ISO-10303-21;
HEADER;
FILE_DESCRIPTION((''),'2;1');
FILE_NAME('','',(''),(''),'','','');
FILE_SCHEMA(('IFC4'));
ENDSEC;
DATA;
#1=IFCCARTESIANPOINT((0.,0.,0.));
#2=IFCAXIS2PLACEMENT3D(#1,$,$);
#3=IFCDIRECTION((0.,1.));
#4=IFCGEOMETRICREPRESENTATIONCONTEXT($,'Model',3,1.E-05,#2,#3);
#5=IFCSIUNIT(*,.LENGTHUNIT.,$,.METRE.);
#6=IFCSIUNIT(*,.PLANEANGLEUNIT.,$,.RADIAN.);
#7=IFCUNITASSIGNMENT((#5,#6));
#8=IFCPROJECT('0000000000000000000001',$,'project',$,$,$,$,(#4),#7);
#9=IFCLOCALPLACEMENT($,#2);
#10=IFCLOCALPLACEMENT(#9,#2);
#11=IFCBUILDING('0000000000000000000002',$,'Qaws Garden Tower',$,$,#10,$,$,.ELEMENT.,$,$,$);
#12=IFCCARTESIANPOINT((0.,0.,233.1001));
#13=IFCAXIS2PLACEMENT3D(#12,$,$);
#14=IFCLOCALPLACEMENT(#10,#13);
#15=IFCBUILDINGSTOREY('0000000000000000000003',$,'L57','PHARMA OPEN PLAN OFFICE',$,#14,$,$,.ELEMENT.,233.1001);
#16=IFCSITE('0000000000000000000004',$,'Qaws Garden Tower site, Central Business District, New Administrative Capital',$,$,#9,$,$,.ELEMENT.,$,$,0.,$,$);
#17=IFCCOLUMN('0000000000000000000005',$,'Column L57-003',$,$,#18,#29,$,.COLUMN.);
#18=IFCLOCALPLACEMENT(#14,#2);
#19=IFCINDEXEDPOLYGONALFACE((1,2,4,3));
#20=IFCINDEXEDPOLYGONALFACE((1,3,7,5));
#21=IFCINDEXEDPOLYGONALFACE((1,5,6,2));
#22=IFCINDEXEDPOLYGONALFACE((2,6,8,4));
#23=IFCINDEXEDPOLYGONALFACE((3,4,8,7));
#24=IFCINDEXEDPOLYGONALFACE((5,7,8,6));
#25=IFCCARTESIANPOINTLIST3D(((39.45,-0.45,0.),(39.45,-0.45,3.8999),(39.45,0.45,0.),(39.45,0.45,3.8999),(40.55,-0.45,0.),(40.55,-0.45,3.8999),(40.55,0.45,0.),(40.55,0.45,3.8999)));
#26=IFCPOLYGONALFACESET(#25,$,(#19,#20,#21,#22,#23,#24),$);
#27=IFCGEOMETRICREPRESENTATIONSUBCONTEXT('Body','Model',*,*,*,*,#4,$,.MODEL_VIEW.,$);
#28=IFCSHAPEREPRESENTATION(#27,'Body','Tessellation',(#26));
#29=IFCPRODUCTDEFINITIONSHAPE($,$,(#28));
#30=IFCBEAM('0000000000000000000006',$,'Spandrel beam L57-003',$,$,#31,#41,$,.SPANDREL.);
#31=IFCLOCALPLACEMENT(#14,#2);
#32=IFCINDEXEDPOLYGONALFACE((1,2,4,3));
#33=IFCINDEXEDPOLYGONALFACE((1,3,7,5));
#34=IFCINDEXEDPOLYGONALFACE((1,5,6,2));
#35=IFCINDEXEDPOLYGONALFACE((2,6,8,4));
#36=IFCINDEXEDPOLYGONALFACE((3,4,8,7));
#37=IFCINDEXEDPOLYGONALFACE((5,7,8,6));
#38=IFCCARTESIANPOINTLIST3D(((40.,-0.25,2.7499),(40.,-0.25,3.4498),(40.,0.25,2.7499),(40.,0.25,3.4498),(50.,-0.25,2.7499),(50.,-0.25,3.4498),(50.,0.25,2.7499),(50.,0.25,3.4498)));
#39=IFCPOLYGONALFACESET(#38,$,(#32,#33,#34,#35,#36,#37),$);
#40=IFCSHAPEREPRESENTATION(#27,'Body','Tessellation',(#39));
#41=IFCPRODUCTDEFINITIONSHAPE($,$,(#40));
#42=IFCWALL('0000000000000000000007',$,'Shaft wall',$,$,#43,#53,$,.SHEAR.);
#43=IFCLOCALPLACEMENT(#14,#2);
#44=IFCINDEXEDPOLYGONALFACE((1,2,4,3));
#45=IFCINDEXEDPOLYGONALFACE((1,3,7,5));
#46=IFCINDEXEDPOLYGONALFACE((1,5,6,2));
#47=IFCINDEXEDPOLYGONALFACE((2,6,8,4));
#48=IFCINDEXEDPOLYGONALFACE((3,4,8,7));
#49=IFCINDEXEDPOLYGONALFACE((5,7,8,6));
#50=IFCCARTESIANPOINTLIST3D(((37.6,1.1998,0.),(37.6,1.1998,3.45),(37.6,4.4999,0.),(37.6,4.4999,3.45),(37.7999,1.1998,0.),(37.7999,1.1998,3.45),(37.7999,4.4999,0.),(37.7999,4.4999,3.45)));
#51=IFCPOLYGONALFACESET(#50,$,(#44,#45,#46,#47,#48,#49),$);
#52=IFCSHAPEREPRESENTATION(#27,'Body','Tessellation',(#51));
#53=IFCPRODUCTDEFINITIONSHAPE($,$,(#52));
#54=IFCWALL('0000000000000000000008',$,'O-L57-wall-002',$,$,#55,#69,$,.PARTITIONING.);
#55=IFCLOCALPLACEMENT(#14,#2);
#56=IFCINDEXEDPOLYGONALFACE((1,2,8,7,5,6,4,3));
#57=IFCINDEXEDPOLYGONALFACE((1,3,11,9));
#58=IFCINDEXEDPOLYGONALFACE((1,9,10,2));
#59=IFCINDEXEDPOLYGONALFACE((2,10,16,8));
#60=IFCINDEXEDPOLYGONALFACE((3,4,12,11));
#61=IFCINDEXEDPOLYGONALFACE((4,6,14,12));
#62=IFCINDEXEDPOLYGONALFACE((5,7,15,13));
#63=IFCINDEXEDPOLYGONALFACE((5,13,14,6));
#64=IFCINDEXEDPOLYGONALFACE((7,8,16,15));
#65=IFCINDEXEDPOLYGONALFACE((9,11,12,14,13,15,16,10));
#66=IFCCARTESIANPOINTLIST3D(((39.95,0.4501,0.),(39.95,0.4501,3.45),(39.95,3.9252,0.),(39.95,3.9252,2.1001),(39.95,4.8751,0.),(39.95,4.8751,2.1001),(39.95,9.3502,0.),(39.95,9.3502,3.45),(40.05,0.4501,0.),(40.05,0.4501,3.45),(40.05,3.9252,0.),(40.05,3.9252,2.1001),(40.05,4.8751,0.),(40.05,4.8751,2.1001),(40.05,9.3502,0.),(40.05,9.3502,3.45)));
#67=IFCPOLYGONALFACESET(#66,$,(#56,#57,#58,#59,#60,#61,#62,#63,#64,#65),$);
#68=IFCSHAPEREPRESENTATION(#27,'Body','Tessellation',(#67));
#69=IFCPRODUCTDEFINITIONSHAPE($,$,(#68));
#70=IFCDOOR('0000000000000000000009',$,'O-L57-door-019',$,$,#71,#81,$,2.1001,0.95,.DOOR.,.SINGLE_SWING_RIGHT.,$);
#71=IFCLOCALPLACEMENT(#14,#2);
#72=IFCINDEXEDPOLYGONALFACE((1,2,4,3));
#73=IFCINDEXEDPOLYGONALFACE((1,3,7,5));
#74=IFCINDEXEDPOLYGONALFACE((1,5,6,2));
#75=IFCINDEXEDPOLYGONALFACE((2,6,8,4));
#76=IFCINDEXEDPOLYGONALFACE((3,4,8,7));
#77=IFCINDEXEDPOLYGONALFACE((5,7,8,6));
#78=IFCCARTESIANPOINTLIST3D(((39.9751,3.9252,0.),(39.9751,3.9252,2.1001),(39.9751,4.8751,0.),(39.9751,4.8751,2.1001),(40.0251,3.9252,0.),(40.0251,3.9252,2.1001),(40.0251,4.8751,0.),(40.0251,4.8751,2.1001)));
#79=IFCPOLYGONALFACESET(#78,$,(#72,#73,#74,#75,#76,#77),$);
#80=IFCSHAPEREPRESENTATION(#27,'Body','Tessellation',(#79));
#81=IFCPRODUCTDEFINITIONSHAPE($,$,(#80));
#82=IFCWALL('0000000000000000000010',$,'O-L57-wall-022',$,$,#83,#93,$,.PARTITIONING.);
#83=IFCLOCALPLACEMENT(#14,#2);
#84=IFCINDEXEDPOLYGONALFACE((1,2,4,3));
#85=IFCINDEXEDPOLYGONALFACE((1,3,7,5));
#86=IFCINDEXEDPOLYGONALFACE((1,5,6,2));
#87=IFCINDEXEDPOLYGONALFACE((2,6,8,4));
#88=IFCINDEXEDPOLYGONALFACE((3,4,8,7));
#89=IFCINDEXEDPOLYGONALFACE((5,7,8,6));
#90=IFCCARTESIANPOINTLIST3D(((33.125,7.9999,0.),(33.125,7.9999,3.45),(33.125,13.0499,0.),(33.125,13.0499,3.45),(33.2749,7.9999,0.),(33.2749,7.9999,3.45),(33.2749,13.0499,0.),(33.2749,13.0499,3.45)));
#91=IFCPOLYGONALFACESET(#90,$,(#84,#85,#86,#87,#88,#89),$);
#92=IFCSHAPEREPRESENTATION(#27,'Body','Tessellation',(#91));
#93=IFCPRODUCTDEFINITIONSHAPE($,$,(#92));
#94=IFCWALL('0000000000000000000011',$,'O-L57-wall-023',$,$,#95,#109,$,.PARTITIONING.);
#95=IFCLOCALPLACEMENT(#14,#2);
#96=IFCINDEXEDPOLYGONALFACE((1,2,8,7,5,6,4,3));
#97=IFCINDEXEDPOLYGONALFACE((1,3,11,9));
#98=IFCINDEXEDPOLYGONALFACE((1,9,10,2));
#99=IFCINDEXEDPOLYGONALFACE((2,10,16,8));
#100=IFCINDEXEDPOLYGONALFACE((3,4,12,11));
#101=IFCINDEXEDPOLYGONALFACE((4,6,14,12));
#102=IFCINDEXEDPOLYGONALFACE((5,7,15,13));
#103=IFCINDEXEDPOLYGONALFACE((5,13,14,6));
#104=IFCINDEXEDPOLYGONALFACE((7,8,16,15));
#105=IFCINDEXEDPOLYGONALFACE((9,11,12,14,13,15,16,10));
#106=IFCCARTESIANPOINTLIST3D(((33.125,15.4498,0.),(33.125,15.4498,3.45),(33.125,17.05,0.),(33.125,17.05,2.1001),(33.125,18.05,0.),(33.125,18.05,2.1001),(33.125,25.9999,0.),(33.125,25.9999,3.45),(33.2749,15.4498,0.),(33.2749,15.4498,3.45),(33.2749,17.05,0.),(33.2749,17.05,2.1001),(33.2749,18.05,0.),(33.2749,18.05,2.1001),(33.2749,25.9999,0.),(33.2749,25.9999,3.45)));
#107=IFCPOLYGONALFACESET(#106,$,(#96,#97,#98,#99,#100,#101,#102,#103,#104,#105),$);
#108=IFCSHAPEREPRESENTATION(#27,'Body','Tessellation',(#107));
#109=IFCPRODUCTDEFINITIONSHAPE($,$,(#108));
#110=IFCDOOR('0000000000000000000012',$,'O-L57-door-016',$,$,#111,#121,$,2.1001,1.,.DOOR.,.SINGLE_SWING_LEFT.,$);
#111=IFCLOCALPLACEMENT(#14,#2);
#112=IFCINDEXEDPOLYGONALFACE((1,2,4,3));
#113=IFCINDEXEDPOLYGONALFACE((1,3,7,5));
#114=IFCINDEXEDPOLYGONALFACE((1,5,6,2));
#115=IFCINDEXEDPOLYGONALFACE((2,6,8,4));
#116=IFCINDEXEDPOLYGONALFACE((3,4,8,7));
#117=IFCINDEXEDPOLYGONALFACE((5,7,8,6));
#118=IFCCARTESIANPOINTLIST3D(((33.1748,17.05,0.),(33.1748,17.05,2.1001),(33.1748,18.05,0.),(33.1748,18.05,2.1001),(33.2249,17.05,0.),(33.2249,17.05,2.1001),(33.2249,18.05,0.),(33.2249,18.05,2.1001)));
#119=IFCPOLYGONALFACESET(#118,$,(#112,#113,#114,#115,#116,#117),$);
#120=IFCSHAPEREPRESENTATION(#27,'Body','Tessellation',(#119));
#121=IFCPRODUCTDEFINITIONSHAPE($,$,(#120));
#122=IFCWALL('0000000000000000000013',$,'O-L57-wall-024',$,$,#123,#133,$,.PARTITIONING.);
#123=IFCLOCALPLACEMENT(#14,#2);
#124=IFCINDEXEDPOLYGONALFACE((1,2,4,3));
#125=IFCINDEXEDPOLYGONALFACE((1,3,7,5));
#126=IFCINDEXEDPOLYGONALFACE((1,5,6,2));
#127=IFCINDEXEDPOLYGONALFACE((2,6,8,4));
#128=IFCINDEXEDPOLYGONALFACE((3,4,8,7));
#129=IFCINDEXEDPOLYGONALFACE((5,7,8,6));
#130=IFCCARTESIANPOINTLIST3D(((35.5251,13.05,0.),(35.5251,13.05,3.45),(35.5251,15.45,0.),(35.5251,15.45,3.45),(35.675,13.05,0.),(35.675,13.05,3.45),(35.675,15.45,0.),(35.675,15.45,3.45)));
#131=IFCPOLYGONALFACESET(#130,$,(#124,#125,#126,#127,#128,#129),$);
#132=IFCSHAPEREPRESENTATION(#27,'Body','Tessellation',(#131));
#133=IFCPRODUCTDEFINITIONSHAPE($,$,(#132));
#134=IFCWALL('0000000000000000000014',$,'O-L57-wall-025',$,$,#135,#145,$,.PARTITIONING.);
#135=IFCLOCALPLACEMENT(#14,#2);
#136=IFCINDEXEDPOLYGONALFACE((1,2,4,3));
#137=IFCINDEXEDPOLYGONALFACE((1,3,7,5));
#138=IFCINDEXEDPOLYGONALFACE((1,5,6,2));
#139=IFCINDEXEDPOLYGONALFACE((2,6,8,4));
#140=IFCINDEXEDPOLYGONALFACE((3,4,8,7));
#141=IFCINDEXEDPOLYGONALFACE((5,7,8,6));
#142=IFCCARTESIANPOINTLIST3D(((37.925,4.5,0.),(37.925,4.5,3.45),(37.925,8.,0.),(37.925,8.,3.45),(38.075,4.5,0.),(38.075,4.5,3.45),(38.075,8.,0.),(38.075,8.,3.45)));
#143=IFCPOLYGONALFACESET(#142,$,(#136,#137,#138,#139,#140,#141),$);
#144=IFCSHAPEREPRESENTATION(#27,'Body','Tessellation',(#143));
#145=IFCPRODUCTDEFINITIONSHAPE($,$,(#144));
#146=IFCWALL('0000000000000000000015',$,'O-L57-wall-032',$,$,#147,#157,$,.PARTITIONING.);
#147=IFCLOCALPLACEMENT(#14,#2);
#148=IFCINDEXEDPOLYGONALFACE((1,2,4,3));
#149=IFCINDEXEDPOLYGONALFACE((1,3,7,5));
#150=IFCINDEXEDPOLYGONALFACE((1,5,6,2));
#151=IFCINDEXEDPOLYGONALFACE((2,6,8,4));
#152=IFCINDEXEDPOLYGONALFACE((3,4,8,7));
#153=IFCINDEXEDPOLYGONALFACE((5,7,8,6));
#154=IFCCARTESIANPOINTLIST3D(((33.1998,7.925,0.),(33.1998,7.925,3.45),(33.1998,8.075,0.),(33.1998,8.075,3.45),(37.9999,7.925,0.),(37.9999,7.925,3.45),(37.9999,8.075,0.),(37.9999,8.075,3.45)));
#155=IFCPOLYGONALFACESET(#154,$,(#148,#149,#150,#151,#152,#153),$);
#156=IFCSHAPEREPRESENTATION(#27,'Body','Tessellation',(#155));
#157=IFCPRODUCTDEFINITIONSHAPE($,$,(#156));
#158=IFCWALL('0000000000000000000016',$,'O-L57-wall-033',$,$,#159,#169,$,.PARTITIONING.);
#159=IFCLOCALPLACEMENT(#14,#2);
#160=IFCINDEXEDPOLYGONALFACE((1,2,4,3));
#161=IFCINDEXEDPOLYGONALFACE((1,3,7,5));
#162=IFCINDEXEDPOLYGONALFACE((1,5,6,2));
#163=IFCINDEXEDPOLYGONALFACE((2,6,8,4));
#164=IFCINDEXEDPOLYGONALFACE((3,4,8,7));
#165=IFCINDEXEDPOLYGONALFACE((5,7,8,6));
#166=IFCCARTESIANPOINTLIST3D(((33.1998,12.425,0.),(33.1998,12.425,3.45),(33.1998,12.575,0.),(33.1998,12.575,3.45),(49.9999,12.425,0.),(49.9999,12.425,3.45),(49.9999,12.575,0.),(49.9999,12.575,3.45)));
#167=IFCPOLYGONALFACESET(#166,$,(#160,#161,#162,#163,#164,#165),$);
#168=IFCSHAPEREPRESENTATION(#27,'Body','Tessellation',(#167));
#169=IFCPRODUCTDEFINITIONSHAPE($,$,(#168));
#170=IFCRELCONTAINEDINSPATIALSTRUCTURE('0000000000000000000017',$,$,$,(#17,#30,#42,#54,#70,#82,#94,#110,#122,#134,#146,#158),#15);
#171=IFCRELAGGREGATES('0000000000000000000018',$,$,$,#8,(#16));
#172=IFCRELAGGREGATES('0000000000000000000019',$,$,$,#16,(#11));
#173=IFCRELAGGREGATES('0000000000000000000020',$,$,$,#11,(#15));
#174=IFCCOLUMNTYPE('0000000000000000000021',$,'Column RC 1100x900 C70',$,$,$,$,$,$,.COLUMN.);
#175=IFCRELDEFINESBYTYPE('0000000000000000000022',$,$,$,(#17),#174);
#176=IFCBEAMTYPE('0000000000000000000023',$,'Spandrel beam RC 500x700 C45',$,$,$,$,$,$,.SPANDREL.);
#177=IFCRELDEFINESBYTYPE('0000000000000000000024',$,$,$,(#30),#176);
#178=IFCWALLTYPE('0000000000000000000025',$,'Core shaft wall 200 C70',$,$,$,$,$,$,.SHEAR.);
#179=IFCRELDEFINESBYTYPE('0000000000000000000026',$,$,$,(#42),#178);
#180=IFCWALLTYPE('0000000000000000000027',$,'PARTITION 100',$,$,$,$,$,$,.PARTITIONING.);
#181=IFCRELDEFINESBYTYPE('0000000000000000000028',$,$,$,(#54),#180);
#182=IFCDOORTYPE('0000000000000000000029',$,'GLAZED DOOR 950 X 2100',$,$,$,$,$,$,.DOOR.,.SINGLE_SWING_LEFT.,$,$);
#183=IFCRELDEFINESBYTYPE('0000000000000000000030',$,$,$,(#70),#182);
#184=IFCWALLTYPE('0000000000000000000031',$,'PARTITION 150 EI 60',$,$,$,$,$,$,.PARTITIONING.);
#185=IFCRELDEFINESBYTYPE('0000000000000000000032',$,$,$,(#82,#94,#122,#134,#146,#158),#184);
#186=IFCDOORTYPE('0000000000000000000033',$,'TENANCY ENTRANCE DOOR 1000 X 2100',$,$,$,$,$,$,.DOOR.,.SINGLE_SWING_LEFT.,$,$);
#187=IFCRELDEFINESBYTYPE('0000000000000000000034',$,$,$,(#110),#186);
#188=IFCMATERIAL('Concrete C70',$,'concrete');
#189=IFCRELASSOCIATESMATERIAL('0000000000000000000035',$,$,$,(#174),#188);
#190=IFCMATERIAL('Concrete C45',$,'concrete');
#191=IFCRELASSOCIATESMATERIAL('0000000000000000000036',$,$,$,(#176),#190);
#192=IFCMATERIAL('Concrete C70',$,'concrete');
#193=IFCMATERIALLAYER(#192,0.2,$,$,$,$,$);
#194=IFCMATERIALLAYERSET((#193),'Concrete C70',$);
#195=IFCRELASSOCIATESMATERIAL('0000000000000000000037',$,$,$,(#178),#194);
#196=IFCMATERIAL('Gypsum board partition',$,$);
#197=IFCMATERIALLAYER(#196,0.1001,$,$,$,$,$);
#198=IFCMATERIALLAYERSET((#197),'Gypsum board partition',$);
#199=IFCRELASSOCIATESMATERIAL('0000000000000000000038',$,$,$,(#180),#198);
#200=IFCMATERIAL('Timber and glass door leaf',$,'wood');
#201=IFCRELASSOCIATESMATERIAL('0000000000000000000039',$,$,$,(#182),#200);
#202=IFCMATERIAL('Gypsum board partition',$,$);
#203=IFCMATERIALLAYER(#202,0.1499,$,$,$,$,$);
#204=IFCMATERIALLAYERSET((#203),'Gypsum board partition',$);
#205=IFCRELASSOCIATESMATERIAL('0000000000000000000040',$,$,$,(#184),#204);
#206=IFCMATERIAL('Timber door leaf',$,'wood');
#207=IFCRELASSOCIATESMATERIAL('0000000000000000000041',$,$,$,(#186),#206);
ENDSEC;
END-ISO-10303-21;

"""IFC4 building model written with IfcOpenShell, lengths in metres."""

from ifc_helpers import new_model, si_unit, direction, frame, frame_2d, origin, origin_2d, place, context, subcontext, project, spatial, rectangle, extrude, material, layer, layer_set, material_profile, profile_set, type_object, element, fill, save


model = new_model("IFC4")

# Units and contexts
model_context = context("Model", 3, precision=1e-05, world=origin(), true_north=direction((0.0, 1.0)))
body_context = subcontext(model_context, "Body", "Model", "MODEL_VIEW")
ifc_project = project(units=[si_unit("LENGTHUNIT", "METRE"), si_unit("PLANEANGLEUNIT", "RADIAN")], contexts=[model_context])

# Site, building, storey
site_placement = place(None, origin())
site = spatial("IfcSite", under=ifc_project, at=site_placement, Name="Qaws Garden Tower site, Central Business District, New Administrative Capital", CompositionType="ELEMENT", RefElevation=0.0)
building_placement = place(site_placement, origin())
building = spatial("IfcBuilding", under=site, at=building_placement, Name="Qaws Garden Tower", CompositionType="ELEMENT")
storey_placement = place(building_placement, frame((0.0, 0.0, 233.1001)))
storey = spatial("IfcBuildingStorey", under=building, at=storey_placement, Name="L57", Description="PHARMA OPEN PLAN OFFICE", CompositionType="ELEMENT", Elevation=233.1001)

# Column
ifc_material_1 = material(Name="Concrete C70", Category="concrete")
ifc_material_profile_1 = material_profile(ifc_material_1, rectangle(XDim=1.1001, YDim=0.8999, at=origin_2d()), Name="RC 1100x900")
ifc_profile_set_1 = profile_set([ifc_material_profile_1], Name="Concrete C70")
column_type = type_object("IfcColumnType", Name="Column RC 1100x900 C70", PredefinedType="COLUMN", material=ifc_profile_set_1)
column_placement = place(storey_placement, frame((40.0, 0.0, 0.0), z_axis=(0.0, 0.0, 1.0), x_axis=(1.0, 0.0, 0.0)))
element("IfcColumn", 1, at=column_placement, inside=storey, type_object=column_type, Name="Column L57-003", PredefinedType="COLUMN", context=body_context, shape_type="SweptSolid", body=[
    extrude(rectangle(XDim=1.1001, YDim=0.8999, at=origin_2d()), origin(), (0.0, 0.0, 1.0), 3.8999),
])

# Beam
ifc_material_2 = material(Name="Concrete C45", Category="concrete")
ifc_material_profile_2 = material_profile(ifc_material_2, rectangle(XDim=0.5, YDim=0.7, at=origin_2d()), Name="RC 500x700")
ifc_profile_set_2 = profile_set([ifc_material_profile_2], Name="Concrete C45")
beam_type = type_object("IfcBeamType", Name="Spandrel beam RC 500x700 C45", PredefinedType="SPANDREL", material=ifc_profile_set_2)
beam_placement = place(storey_placement, frame((40.0, 0.0, 3.0999), z_axis=(1.0, 0.0, 0.0), x_axis=(0.0, 1.0, 0.0)))
element("IfcBeam", 2, at=beam_placement, inside=storey, type_object=beam_type, Name="Spandrel beam L57-003", PredefinedType="SPANDREL", context=body_context, shape_type="SweptSolid", body=[
    extrude(rectangle(XDim=0.5, YDim=0.7, at=origin_2d()), origin(), (0.0, 0.0, 1.0), 10.0),
])

# Wall
ifc_material_3 = material(Name="Concrete C70", Category="concrete")
ifc_layer_1 = layer(ifc_material_3, 0.2)
ifc_layer_set_1 = layer_set([ifc_layer_1], Name="Concrete C70")
wall_type_1 = type_object("IfcWallType", Name="Core shaft wall 200 C70", PredefinedType="SHEAR", material=ifc_layer_set_1)
wall_1_placement = place(storey_placement, frame((37.7, 1.2, 0.0), z_axis=(0.0, 0.0, 1.0), x_axis=(0.0, 1.0, 0.0)))
element("IfcWall", 3, at=wall_1_placement, inside=storey, type_object=wall_type_1, Name="Shaft wall", PredefinedType="SHEAR", context=body_context, shape_type="SweptSolid", body=[
    extrude(rectangle(XDim=3.3, YDim=0.2, at=frame_2d((1.6499, 0.0))), origin(), (0.0, 0.0, 1.0), 3.45),
])

# Wall, opening, door
ifc_material_4 = material(Name="Gypsum board partition")
ifc_layer_2 = layer(ifc_material_4, 0.1001)
ifc_layer_set_2 = layer_set([ifc_layer_2], Name="Gypsum board partition")
wall_type_2 = type_object("IfcWallType", Name="PARTITION 100", PredefinedType="PARTITIONING", material=ifc_layer_set_2)
wall_2_placement = place(storey_placement, frame((40.0, 0.45, 0.0), z_axis=(0.0, 0.0, 1.0), x_axis=(0.0, 1.0, 0.0)))
wall_2 = element("IfcWall", 4, at=wall_2_placement, inside=storey, type_object=wall_type_2, Name="O-L57-wall-002", PredefinedType="PARTITIONING", context=body_context, shape_type="SweptSolid", body=[
    extrude(rectangle(XDim=8.9001, YDim=0.1001, at=frame_2d((4.4502, 0.0))), origin(), (0.0, 0.0, 1.0), 3.45),
])
opening_1_placement = place(wall_2_placement, frame((3.4751, 0.0, 0.0)))
opening_1 = element("IfcOpeningElement", 5, at=opening_1_placement, cuts=wall_2, PredefinedType="OPENING", context=body_context, shape_type="SweptSolid", body=[
    extrude(rectangle(XDim=0.95, YDim=2.1001, at=frame_2d((0.4751, 1.05))), frame((0.0, 0.0601, 0.0), z_axis=(0.0, -1.0, 0.0), x_axis=(1.0, 0.0, 0.0)), (0.0, 0.0, 1.0), 0.1201),
])
ifc_material_5 = material(Name="Timber and glass door leaf", Category="wood")
door_type_1 = type_object("IfcDoorType", Name="GLAZED DOOR 950 X 2100", OperationType="SINGLE_SWING_LEFT", PredefinedType="DOOR", material=ifc_material_5)
door_1_placement = place(opening_1_placement, origin())
door_1 = element("IfcDoor", 6, at=door_1_placement, inside=storey, type_object=door_type_1, Name="O-L57-door-019", OperationType="SINGLE_SWING_RIGHT", OverallHeight=2.1001, OverallWidth=0.95, PredefinedType="DOOR", context=body_context, shape_type="SweptSolid", body=[
    extrude(rectangle(XDim=0.95, YDim=2.1001, at=frame_2d((0.4751, 1.05))), frame((0.0, 0.0249, 0.0), z_axis=(0.0, -1.0, 0.0), x_axis=(1.0, 0.0, 0.0)), (0.0, 0.0, 1.0), 0.05),
])
fill(opening_1, door_1)

# Wall
ifc_material_6 = material(Name="Gypsum board partition")
ifc_layer_3 = layer(ifc_material_6, 0.1499)
ifc_layer_set_3 = layer_set([ifc_layer_3], Name="Gypsum board partition")
wall_type_3 = type_object("IfcWallType", Name="PARTITION 150 EI 60", PredefinedType="PARTITIONING", material=ifc_layer_set_3)
wall_3_placement = place(storey_placement, frame((33.2, 8.0, 0.0), z_axis=(0.0, 0.0, 1.0), x_axis=(0.0, 1.0, 0.0)))
element("IfcWall", 7, at=wall_3_placement, inside=storey, type_object=wall_type_3, Name="O-L57-wall-022", PredefinedType="PARTITIONING", context=body_context, shape_type="SweptSolid", body=[
    extrude(rectangle(XDim=5.05, YDim=0.1499, at=frame_2d((2.5249, 0.0))), origin(), (0.0, 0.0, 1.0), 3.45),
])

# Wall, opening, door
wall_4_placement = place(storey_placement, frame((33.2, 15.45, 0.0), z_axis=(0.0, 0.0, 1.0), x_axis=(0.0, 1.0, 0.0)))
wall_4 = element("IfcWall", 8, at=wall_4_placement, inside=storey, type_object=wall_type_3, Name="O-L57-wall-023", PredefinedType="PARTITIONING", context=body_context, shape_type="SweptSolid", body=[
    extrude(rectangle(XDim=10.55, YDim=0.1499, at=frame_2d((5.2749, 0.0))), origin(), (0.0, 0.0, 1.0), 3.45),
])
opening_2_placement = place(wall_4_placement, frame((1.6001, 0.0, 0.0)))
opening_2 = element("IfcOpeningElement", 9, at=opening_2_placement, cuts=wall_4, PredefinedType="OPENING", context=body_context, shape_type="SweptSolid", body=[
    extrude(rectangle(XDim=1.0, YDim=2.1001, at=frame_2d((0.5, 1.05))), frame((0.0, 0.085, 0.0), z_axis=(0.0, -1.0, 0.0), x_axis=(1.0, 0.0, 0.0)), (0.0, 0.0, 1.0), 0.1699),
])
ifc_material_7 = material(Name="Timber door leaf", Category="wood")
door_type_2 = type_object("IfcDoorType", Name="TENANCY ENTRANCE DOOR 1000 X 2100", OperationType="SINGLE_SWING_LEFT", PredefinedType="DOOR", material=ifc_material_7)
door_2_placement = place(opening_2_placement, frame((1.0, 0.0, 0.0), z_axis=(0.0, 0.0, 1.0), x_axis=(-1.0, 0.0, 0.0)))
door_2 = element("IfcDoor", 10, at=door_2_placement, inside=storey, type_object=door_type_2, Name="O-L57-door-016", OperationType="SINGLE_SWING_LEFT", OverallHeight=2.1001, OverallWidth=1.0, PredefinedType="DOOR", context=body_context, shape_type="SweptSolid", body=[
    extrude(rectangle(XDim=1.0, YDim=2.1001, at=frame_2d((0.5, 1.05))), frame((0.0, 0.0249, 0.0), z_axis=(0.0, -1.0, 0.0), x_axis=(1.0, 0.0, 0.0)), (0.0, 0.0, 1.0), 0.05),
])
fill(opening_2, door_2)

# Walls
wall_5_placement = place(storey_placement, frame((35.6001, 13.05, 0.0), z_axis=(0.0, 0.0, 1.0), x_axis=(0.0, 1.0, 0.0)))
element("IfcWall", 11, at=wall_5_placement, inside=storey, type_object=wall_type_3, Name="O-L57-wall-024", PredefinedType="PARTITIONING", context=body_context, shape_type="SweptSolid", body=[
    extrude(rectangle(XDim=2.3999, YDim=0.1499, at=frame_2d((1.2, 0.0))), origin(), (0.0, 0.0, 1.0), 3.45),
])
wall_6_placement = place(storey_placement, frame((38.0, 4.5, 0.0), z_axis=(0.0, 0.0, 1.0), x_axis=(0.0, 1.0, 0.0)))
element("IfcWall", 12, at=wall_6_placement, inside=storey, type_object=wall_type_3, Name="O-L57-wall-025", PredefinedType="PARTITIONING", context=body_context, shape_type="SweptSolid", body=[
    extrude(rectangle(XDim=3.5, YDim=0.1499, at=frame_2d((1.75, 0.0))), origin(), (0.0, 0.0, 1.0), 3.45),
])
wall_7_placement = place(storey_placement, frame((33.2, 8.0, 0.0), z_axis=(0.0, 0.0, 1.0), x_axis=(1.0, 0.0, 0.0)))
element("IfcWall", 13, at=wall_7_placement, inside=storey, type_object=wall_type_3, Name="O-L57-wall-032", PredefinedType="PARTITIONING", context=body_context, shape_type="SweptSolid", body=[
    extrude(rectangle(XDim=4.8, YDim=0.1499, at=frame_2d((2.3999, 0.0))), origin(), (0.0, 0.0, 1.0), 3.45),
])
wall_8_placement = place(storey_placement, frame((33.2, 12.5, 0.0), z_axis=(0.0, 0.0, 1.0), x_axis=(1.0, 0.0, 0.0)))
element("IfcWall", 14, at=wall_8_placement, inside=storey, type_object=wall_type_3, Name="O-L57-wall-033", PredefinedType="PARTITIONING", context=body_context, shape_type="SweptSolid", body=[
    extrude(rectangle(XDim=16.8, YDim=0.1499, at=frame_2d((8.3999, 0.0))), origin(), (0.0, 0.0, 1.0), 3.45),
])

save(model, "model.ifc")
